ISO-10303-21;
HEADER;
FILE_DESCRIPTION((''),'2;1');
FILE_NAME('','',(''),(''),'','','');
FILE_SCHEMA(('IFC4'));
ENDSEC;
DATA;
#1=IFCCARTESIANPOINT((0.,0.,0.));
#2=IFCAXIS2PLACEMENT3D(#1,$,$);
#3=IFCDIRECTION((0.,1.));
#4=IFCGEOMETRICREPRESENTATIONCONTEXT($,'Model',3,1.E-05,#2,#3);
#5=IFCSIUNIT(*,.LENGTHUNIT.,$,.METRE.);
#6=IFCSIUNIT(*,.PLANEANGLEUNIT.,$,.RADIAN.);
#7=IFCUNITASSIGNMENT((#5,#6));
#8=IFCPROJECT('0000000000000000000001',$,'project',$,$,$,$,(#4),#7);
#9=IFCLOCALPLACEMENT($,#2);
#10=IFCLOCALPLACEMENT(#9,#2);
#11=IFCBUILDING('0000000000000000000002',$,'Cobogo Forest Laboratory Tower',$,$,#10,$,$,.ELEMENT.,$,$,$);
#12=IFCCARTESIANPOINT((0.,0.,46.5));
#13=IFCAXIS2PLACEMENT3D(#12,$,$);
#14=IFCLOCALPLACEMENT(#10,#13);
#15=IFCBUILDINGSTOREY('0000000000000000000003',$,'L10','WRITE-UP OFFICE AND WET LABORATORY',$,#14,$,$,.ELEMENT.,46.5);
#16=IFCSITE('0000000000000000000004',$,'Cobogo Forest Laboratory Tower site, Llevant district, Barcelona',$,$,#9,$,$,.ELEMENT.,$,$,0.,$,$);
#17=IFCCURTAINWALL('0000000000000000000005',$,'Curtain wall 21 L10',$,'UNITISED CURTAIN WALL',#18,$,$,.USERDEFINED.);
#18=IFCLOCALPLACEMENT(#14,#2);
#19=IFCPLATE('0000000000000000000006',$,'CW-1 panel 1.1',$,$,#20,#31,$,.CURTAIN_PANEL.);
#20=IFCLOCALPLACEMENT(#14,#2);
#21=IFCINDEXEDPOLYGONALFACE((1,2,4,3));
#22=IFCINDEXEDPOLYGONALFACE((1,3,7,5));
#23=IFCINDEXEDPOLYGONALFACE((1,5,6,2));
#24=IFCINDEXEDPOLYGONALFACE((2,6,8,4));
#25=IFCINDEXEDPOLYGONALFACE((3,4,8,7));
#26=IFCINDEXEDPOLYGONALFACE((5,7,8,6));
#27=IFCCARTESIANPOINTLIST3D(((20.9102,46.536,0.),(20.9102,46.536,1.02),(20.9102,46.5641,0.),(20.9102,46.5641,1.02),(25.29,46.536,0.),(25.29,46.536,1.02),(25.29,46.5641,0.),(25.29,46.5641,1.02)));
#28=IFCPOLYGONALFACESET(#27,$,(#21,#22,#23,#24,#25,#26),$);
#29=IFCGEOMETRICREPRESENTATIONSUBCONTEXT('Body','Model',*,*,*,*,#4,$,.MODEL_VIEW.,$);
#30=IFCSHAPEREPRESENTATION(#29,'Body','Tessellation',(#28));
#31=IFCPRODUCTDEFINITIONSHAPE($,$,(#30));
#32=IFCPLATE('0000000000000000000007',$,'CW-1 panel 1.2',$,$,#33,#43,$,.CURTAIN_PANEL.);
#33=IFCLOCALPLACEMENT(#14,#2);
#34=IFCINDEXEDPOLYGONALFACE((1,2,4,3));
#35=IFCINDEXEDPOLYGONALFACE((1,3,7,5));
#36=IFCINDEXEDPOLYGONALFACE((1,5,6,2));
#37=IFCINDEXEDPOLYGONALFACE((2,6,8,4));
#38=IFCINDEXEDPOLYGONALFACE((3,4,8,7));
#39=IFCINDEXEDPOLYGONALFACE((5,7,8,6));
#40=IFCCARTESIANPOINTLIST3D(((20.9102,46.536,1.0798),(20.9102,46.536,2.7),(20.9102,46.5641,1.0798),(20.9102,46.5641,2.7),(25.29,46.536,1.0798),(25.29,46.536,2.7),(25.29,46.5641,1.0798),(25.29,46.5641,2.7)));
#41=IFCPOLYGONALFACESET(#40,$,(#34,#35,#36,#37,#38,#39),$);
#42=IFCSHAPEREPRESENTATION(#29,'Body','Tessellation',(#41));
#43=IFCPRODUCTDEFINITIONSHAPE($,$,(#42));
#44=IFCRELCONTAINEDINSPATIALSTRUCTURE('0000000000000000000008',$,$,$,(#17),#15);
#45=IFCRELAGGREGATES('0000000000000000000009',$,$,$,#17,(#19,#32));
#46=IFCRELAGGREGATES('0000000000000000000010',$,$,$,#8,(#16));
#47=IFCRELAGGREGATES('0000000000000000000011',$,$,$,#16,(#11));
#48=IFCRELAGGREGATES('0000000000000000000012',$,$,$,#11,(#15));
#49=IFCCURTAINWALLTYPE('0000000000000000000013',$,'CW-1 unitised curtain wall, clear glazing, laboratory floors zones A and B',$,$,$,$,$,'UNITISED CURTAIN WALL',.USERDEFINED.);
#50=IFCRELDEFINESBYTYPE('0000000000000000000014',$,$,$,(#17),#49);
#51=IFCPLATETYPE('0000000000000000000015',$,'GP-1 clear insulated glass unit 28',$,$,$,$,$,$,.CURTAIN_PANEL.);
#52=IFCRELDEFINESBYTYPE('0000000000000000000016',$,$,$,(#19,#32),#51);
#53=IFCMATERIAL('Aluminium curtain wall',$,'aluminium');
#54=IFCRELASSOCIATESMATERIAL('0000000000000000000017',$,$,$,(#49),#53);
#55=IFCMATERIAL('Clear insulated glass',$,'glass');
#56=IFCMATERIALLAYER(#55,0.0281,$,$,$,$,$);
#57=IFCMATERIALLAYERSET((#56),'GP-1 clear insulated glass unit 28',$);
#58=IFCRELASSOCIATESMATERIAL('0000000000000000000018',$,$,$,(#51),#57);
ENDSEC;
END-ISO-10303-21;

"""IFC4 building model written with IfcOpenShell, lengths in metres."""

from ifc_helpers import new_model, si_unit, direction, frame, origin, origin_2d, place, context, subcontext, project, spatial, rectangle, extrude, material, layer, layer_set, type_object, element, aggregate, save


model = new_model("IFC4")

# Units and contexts
model_context = context("Model", 3, precision=1e-05, world=origin(), true_north=direction((0.0, 1.0)))
body_context = subcontext(model_context, "Body", "Model", "MODEL_VIEW")
ifc_project = project(units=[si_unit("LENGTHUNIT", "METRE"), si_unit("PLANEANGLEUNIT", "RADIAN")], contexts=[model_context])

# Site, building, storey
site_placement = place(None, origin())
site = spatial("IfcSite", under=ifc_project, at=site_placement, Name="Cobogo Forest Laboratory Tower site, Llevant district, Barcelona", CompositionType="ELEMENT", RefElevation=0.0)
building_placement = place(site_placement, origin())
building = spatial("IfcBuilding", under=site, at=building_placement, Name="Cobogo Forest Laboratory Tower", CompositionType="ELEMENT")
storey_placement = place(building_placement, frame((0.0, 0.0, 46.5)))
storey = spatial("IfcBuildingStorey", under=building, at=storey_placement, Name="L10", Description="WRITE-UP OFFICE AND WET LABORATORY", CompositionType="ELEMENT", Elevation=46.5)

# Curtain wall
ifc_material_1 = material(Name="Aluminium curtain wall", Category="aluminium")
curtain_wall_type = type_object("IfcCurtainWallType", Name="CW-1 unitised curtain wall, clear glazing, laboratory floors zones A and B", ElementType="UNITISED CURTAIN WALL", PredefinedType="USERDEFINED", material=ifc_material_1)
curtain_wall_1_placement = place(storey_placement, origin())
curtain_wall_1 = element("IfcCurtainWall", 1, at=curtain_wall_1_placement, inside=storey, type_object=curtain_wall_type, Name="Curtain wall 21 L10", ObjectType="UNITISED CURTAIN WALL", PredefinedType="USERDEFINED")

# Plates
ifc_material_2 = material(Name="Clear insulated glass", Category="glass")
ifc_layer = layer(ifc_material_2, 0.0281)
ifc_layer_set = layer_set([ifc_layer], Name="GP-1 clear insulated glass unit 28")
plate_type_1 = type_object("IfcPlateType", Name="GP-1 clear insulated glass unit 28", PredefinedType="CURTAIN_PANEL", material=ifc_layer_set)
plate_1_placement = place(storey_placement, frame((23.1001, 46.55, 0.0), z_axis=(0.0, 0.0, 1.0), x_axis=(-1.0, 0.0, 0.0)))
plate_1 = element("IfcPlate", 2, at=plate_1_placement, type_object=plate_type_1, Name="CW-1 panel 1.1", PredefinedType="CURTAIN_PANEL", context=body_context, shape_type="SweptSolid", body=[
    extrude(rectangle(XDim=4.3799, YDim=0.0281, at=origin_2d()), origin(), (0.0, 0.0, 1.0), 1.02),
])
plate_2_placement = place(storey_placement, frame((23.1001, 46.55, 1.0798), z_axis=(0.0, 0.0, 1.0), x_axis=(-1.0, 0.0, 0.0)))
plate_2 = element("IfcPlate", 3, at=plate_2_placement, type_object=plate_type_1, Name="CW-1 panel 1.2", PredefinedType="CURTAIN_PANEL", context=body_context, shape_type="SweptSolid", body=[
    extrude(rectangle(XDim=4.3799, YDim=0.0281, at=origin_2d()), origin(), (0.0, 0.0, 1.0), 1.6201),
])
aggregate(curtain_wall_1, [plate_1, plate_2])

save(model, "model.ifc")
